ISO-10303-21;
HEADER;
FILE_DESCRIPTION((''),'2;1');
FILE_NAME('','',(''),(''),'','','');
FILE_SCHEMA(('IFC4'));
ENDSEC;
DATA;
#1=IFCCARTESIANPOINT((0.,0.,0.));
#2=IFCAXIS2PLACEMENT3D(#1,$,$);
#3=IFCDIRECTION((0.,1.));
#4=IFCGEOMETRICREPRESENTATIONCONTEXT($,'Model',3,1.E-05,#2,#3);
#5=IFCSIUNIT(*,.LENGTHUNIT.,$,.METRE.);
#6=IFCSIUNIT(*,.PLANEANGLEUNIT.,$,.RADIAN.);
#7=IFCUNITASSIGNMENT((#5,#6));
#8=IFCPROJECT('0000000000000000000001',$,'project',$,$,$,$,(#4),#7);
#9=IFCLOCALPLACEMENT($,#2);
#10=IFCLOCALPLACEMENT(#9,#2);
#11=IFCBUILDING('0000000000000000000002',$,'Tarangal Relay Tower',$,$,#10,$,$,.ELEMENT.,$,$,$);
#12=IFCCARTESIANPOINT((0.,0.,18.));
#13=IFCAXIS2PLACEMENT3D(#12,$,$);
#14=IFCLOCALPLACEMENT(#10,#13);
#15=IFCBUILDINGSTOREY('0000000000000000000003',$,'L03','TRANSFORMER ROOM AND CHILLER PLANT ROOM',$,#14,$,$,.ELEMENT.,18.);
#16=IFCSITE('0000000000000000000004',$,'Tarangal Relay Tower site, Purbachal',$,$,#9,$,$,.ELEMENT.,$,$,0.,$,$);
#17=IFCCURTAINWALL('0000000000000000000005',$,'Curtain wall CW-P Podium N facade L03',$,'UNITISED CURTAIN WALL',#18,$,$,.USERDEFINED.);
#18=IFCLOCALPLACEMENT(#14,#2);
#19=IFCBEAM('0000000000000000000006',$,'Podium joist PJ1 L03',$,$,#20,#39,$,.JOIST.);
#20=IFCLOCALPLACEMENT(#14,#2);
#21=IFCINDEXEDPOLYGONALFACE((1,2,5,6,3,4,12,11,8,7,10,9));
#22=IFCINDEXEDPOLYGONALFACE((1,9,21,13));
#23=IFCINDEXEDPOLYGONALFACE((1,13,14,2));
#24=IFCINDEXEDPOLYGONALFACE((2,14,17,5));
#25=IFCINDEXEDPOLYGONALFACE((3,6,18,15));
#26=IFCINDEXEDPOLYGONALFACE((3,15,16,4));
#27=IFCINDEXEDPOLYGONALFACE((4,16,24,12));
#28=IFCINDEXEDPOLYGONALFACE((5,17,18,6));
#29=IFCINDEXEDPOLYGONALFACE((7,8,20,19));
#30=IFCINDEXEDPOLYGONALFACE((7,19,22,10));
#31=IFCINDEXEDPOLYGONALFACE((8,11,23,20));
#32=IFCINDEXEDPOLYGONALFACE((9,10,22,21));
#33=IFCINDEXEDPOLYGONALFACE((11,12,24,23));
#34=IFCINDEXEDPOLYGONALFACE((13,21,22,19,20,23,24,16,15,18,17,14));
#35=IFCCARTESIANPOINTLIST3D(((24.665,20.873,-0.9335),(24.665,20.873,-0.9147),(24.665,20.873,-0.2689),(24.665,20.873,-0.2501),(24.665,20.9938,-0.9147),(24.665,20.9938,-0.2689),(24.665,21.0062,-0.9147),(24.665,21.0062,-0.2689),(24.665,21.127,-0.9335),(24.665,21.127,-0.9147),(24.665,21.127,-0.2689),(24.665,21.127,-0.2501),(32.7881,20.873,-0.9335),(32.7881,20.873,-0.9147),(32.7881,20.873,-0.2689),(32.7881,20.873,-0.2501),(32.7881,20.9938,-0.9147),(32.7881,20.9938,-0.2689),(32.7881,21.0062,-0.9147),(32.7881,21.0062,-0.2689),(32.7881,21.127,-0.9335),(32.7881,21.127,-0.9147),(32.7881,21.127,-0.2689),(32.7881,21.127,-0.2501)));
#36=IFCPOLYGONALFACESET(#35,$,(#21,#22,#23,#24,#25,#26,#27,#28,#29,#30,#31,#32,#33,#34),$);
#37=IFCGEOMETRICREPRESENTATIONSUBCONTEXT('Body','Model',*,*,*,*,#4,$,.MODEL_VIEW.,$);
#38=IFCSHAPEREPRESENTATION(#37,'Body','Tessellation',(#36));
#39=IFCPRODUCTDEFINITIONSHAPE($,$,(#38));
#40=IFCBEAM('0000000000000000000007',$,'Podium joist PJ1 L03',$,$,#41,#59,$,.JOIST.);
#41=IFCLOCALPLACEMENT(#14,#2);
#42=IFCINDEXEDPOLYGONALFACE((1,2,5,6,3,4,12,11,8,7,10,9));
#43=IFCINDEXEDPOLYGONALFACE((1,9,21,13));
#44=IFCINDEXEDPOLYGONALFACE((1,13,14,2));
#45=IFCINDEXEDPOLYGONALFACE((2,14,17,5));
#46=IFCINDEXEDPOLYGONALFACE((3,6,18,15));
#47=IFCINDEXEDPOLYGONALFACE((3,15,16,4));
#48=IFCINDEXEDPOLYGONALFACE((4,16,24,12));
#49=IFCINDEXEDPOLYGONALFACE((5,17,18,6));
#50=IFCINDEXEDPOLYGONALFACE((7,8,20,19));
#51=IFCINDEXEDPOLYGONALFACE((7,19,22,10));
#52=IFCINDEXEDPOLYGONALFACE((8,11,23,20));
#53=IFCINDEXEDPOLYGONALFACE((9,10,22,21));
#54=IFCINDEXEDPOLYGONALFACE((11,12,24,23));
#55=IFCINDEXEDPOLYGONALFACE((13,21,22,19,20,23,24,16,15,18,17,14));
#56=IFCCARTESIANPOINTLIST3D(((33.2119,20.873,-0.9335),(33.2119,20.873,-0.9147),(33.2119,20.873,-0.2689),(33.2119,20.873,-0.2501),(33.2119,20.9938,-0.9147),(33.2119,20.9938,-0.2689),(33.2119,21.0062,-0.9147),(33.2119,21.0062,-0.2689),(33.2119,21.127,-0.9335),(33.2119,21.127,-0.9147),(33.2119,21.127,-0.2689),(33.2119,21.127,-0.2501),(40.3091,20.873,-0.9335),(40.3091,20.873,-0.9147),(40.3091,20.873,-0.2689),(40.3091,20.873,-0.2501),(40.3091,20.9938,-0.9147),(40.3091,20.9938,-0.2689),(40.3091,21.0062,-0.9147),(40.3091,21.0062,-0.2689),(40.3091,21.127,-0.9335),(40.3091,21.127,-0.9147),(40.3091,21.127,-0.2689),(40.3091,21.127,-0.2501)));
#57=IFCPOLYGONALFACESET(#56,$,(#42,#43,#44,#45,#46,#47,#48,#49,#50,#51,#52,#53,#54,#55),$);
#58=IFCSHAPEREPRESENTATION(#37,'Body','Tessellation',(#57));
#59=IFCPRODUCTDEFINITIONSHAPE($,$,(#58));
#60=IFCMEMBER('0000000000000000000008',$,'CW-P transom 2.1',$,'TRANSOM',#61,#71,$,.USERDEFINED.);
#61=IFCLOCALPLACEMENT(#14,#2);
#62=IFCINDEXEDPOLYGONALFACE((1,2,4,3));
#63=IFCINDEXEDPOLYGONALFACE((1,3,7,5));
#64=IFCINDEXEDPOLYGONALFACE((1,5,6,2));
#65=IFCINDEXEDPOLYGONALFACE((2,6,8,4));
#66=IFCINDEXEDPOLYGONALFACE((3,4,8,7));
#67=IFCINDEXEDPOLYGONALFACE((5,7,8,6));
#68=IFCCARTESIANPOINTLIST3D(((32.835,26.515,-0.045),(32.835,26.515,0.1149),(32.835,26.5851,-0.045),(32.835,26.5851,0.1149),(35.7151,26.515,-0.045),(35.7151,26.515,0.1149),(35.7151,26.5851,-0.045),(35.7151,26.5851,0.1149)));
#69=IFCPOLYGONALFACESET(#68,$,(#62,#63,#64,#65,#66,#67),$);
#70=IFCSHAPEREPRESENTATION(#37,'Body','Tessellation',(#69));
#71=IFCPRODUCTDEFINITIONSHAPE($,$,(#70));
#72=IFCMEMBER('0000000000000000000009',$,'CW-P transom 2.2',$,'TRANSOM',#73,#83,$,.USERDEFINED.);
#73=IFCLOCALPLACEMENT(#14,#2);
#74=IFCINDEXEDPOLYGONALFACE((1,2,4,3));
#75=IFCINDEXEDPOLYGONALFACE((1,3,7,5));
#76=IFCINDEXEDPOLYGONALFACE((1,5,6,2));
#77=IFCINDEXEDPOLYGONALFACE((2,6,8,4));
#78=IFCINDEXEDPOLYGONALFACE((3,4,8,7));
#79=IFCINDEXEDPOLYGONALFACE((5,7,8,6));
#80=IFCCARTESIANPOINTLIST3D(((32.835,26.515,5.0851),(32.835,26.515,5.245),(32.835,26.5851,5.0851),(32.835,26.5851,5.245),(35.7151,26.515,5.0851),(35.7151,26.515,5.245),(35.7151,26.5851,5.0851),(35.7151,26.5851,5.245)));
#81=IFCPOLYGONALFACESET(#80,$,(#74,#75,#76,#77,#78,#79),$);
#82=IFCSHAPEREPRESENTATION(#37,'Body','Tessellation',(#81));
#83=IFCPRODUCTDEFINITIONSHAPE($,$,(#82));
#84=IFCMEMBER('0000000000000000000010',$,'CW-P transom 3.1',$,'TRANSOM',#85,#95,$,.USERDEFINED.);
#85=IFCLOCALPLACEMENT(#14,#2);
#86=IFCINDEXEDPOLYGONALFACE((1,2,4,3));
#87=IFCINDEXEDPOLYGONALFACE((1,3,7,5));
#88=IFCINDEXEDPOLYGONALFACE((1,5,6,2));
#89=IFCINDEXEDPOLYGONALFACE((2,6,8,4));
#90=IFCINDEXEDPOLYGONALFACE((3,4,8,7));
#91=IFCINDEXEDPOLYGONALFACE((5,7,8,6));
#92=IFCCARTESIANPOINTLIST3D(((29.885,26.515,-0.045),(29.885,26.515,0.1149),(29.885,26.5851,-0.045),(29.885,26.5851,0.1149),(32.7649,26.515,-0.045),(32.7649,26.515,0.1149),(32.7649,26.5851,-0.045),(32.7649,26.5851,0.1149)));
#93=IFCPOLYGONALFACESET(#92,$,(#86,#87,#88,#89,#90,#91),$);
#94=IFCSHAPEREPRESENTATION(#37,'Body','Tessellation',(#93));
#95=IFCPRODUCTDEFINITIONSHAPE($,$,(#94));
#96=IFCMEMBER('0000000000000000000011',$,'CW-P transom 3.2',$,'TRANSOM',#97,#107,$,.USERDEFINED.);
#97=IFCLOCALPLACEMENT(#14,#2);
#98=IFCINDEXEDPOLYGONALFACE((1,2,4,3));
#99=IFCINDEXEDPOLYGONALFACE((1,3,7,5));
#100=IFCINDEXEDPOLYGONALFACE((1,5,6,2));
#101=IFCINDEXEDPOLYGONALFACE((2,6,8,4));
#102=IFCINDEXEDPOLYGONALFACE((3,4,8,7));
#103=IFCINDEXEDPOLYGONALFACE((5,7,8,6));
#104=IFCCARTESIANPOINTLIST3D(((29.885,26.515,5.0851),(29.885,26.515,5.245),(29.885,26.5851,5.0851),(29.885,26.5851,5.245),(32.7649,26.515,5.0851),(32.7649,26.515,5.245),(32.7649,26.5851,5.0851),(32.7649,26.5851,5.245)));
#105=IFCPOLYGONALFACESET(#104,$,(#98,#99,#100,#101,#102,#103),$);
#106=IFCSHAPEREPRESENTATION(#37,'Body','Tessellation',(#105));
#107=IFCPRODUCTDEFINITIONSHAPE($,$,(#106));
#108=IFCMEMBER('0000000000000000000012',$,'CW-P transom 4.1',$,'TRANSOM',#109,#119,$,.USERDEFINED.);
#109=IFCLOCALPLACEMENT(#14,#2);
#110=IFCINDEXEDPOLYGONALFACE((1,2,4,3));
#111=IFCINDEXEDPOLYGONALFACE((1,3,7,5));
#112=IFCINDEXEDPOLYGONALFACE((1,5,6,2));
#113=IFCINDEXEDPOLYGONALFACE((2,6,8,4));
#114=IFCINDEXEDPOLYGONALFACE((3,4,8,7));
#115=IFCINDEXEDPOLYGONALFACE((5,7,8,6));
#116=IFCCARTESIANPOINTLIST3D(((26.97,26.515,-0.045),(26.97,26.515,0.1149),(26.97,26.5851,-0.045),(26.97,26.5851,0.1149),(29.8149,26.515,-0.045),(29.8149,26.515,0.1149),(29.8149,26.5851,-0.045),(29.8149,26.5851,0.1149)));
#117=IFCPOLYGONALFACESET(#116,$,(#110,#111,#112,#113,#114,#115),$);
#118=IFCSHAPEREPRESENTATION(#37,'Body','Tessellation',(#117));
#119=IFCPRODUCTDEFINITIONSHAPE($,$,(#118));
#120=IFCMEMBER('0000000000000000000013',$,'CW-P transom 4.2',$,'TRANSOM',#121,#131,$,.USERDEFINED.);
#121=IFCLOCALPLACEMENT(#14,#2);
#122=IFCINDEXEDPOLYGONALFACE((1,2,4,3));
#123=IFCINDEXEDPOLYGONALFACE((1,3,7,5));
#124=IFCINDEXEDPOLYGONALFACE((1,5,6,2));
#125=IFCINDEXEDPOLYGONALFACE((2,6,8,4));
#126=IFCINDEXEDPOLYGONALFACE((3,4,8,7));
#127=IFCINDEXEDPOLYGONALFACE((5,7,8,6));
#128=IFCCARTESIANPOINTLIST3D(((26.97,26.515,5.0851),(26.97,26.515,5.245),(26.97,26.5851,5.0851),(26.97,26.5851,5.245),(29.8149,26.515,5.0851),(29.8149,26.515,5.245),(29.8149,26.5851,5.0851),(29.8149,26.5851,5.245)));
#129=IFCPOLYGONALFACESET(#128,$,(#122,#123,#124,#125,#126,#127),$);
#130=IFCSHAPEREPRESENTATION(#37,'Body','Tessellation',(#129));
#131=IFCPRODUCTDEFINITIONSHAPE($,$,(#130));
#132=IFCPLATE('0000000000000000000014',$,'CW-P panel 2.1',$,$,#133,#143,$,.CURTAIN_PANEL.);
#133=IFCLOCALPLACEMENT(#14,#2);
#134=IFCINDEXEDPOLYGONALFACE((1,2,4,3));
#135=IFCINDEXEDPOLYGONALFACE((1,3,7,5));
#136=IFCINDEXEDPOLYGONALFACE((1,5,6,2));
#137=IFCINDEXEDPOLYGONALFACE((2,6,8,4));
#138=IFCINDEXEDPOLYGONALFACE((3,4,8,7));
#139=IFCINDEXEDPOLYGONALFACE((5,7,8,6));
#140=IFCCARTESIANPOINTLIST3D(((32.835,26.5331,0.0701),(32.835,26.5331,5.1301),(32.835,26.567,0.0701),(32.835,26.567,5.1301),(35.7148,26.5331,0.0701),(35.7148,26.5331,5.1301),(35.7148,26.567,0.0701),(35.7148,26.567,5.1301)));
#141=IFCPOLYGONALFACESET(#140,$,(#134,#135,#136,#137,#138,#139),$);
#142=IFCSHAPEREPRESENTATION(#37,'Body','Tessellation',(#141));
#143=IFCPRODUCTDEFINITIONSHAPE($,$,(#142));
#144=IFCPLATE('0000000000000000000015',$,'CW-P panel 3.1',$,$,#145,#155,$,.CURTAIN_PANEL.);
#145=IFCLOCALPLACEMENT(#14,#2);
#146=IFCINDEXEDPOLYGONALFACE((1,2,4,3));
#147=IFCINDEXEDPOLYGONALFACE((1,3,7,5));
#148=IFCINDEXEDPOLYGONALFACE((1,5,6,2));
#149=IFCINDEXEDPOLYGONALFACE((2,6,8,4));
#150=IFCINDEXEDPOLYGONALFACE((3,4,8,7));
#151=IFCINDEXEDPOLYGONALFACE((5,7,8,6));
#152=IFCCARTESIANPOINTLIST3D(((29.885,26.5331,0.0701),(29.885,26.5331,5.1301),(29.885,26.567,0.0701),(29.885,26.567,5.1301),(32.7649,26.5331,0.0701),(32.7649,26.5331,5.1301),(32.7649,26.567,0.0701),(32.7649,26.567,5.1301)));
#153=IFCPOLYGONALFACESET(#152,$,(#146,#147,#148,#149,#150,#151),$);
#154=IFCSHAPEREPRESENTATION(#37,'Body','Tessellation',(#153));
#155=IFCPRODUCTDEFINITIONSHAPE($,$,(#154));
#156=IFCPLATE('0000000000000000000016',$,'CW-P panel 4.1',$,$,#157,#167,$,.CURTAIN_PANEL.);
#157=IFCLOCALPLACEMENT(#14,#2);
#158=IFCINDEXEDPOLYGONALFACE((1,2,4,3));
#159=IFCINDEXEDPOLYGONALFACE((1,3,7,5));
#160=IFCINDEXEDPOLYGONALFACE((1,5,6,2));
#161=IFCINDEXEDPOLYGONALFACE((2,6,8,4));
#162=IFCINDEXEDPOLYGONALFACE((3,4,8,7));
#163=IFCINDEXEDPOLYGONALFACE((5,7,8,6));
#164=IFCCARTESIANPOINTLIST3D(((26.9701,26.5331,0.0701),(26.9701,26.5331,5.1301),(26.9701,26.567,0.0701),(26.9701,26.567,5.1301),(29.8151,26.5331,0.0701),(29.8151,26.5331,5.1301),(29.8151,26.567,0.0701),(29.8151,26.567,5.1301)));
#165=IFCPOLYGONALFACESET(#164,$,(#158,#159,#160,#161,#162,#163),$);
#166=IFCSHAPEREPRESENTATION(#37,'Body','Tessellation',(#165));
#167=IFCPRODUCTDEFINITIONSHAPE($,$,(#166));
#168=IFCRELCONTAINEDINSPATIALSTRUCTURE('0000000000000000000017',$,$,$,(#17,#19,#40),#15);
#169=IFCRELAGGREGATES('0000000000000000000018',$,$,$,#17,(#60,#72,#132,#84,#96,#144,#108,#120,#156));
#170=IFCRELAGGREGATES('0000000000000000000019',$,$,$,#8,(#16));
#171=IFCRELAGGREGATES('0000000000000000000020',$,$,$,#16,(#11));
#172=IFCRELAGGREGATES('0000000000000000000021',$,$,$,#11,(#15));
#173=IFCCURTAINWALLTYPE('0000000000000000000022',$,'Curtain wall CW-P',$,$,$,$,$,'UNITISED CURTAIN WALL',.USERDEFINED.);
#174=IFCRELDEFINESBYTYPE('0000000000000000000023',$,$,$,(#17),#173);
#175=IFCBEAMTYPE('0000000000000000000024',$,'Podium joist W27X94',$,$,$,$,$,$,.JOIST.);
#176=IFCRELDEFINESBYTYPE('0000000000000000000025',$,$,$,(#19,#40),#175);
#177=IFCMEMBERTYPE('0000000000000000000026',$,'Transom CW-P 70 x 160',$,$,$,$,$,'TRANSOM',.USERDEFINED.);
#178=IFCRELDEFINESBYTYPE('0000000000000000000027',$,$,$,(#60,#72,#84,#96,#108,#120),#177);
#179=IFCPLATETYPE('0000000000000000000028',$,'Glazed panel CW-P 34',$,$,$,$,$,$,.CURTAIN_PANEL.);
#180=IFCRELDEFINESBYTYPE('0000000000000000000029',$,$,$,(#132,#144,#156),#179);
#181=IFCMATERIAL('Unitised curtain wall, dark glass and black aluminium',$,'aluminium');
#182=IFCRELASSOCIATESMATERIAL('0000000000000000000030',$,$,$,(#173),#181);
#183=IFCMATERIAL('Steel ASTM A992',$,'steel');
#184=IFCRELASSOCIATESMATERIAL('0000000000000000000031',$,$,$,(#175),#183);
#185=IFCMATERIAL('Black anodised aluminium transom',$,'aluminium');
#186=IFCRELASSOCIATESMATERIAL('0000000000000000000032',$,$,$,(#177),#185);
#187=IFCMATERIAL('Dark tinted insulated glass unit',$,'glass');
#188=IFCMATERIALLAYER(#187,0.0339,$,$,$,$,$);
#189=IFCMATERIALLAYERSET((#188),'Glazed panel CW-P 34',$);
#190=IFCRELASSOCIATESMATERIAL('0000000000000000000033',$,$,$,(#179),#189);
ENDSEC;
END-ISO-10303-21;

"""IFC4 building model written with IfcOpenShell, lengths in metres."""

from ifc_helpers import new_model, si_unit, direction, frame, origin, origin_2d, place, context, subcontext, project, spatial, rectangle, i_section, extrude, material, layer, layer_set, material_profile, profile_set, type_object, element, aggregate, save


model = new_model("IFC4")

# Units and contexts
model_context = context("Model", 3, precision=1e-05, world=origin(), true_north=direction((0.0, 1.0)))
body_context = subcontext(model_context, "Body", "Model", "MODEL_VIEW")
ifc_project = project(units=[si_unit("LENGTHUNIT", "METRE"), si_unit("PLANEANGLEUNIT", "RADIAN")], contexts=[model_context])

# Site, building, storey
site_placement = place(None, origin())
site = spatial("IfcSite", under=ifc_project, at=site_placement, Name="Tarangal Relay Tower site, Purbachal", CompositionType="ELEMENT", RefElevation=0.0)
building_placement = place(site_placement, origin())
building = spatial("IfcBuilding", under=site, at=building_placement, Name="Tarangal Relay Tower", CompositionType="ELEMENT")
storey_placement = place(building_placement, frame((0.0, 0.0, 18.0)))
storey = spatial("IfcBuildingStorey", under=building, at=storey_placement, Name="L03", Description="TRANSFORMER ROOM AND CHILLER PLANT ROOM", CompositionType="ELEMENT", Elevation=18.0)

# Shared definitions
ifc_material_1 = material(Name="Steel ASTM A992", Category="steel")

# Curtain wall
ifc_material_2 = material(Name="Unitised curtain wall, dark glass and black aluminium", Category="aluminium")
curtain_wall_type = type_object("IfcCurtainWallType", Name="Curtain wall CW-P", ElementType="UNITISED CURTAIN WALL", PredefinedType="USERDEFINED", material=ifc_material_2)
curtain_wall_placement = place(storey_placement, origin())
curtain_wall = element("IfcCurtainWall", 1, at=curtain_wall_placement, inside=storey, type_object=curtain_wall_type, Name="Curtain wall CW-P Podium N facade L03", ObjectType="UNITISED CURTAIN WALL", PredefinedType="USERDEFINED")

# Beams
ifc_material_profile_1 = material_profile(ifc_material_1, i_section(OverallWidth=0.2539, OverallDepth=0.6833, WebThickness=0.0125, FlangeThickness=0.0188, at=origin_2d()), Name="W27X94")
ifc_profile_set_1 = profile_set([ifc_material_profile_1], Name="Steel ASTM A992")
beam_type_1 = type_object("IfcBeamType", Name="Podium joist W27X94", PredefinedType="JOIST", material=ifc_profile_set_1)
beam_1_placement = place(storey_placement, frame((24.665, 21.0, -0.5918), z_axis=(1.0, 0.0, 0.0), x_axis=(0.0, 1.0, 0.0)))
element("IfcBeam", 2, at=beam_1_placement, inside=storey, type_object=beam_type_1, Name="Podium joist PJ1 L03", PredefinedType="JOIST", context=body_context, shape_type="SweptSolid", body=[
    extrude(i_section(OverallWidth=0.2539, OverallDepth=0.6833, WebThickness=0.0125, FlangeThickness=0.0188, at=origin_2d()), origin(), (0.0, 0.0, 1.0), 8.123),
])
beam_2_placement = place(storey_placement, frame((33.2119, 21.0, -0.5918), z_axis=(1.0, 0.0, 0.0), x_axis=(0.0, 1.0, 0.0)))
element("IfcBeam", 3, at=beam_2_placement, inside=storey, type_object=beam_type_1, Name="Podium joist PJ1 L03", PredefinedType="JOIST", context=body_context, shape_type="SweptSolid", body=[
    extrude(i_section(OverallWidth=0.2539, OverallDepth=0.6833, WebThickness=0.0125, FlangeThickness=0.0188, at=origin_2d()), origin(), (0.0, 0.0, 1.0), 7.0972),
])

# Members
ifc_material_3 = material(Name="Black anodised aluminium transom", Category="aluminium")
ifc_material_profile_2 = material_profile(ifc_material_3, rectangle(XDim=0.0701, YDim=0.1599, at=origin_2d()), Name="CW-PT 70X160")
ifc_profile_set_2 = profile_set([ifc_material_profile_2], Name="Black anodised aluminium transom")
member_type_1 = type_object("IfcMemberType", Name="Transom CW-P 70 x 160", ElementType="TRANSOM", PredefinedType="USERDEFINED", material=ifc_profile_set_2)
member_1_placement = place(storey_placement, frame((35.7151, 26.55, 0.0349), z_axis=(-1.0, 0.0, 0.0), x_axis=(0.0, -1.0, 0.0)))
member_1 = element("IfcMember", 4, at=member_1_placement, type_object=member_type_1, Name="CW-P transom 2.1", ObjectType="TRANSOM", PredefinedType="USERDEFINED", context=body_context, shape_type="SweptSolid", body=[
    extrude(rectangle(XDim=0.0701, YDim=0.1599, at=origin_2d()), origin(), (0.0, 0.0, 1.0), 2.8801),
])
member_2_placement = place(storey_placement, frame((35.7151, 26.55, 5.165), z_axis=(-1.0, 0.0, 0.0), x_axis=(0.0, -1.0, 0.0)))
member_2 = element("IfcMember", 5, at=member_2_placement, type_object=member_type_1, Name="CW-P transom 2.2", ObjectType="TRANSOM", PredefinedType="USERDEFINED", context=body_context, shape_type="SweptSolid", body=[
    extrude(rectangle(XDim=0.0701, YDim=0.1599, at=origin_2d()), origin(), (0.0, 0.0, 1.0), 2.8801),
])
member_3_placement = place(storey_placement, frame((32.7649, 26.55, 0.0349), z_axis=(-1.0, 0.0, 0.0), x_axis=(0.0, -1.0, 0.0)))
member_3 = element("IfcMember", 6, at=member_3_placement, type_object=member_type_1, Name="CW-P transom 3.1", ObjectType="TRANSOM", PredefinedType="USERDEFINED", context=body_context, shape_type="SweptSolid", body=[
    extrude(rectangle(XDim=0.0701, YDim=0.1599, at=origin_2d()), origin(), (0.0, 0.0, 1.0), 2.8799),
])
member_4_placement = place(storey_placement, frame((32.7649, 26.55, 5.165), z_axis=(-1.0, 0.0, 0.0), x_axis=(0.0, -1.0, 0.0)))
member_4 = element("IfcMember", 7, at=member_4_placement, type_object=member_type_1, Name="CW-P transom 3.2", ObjectType="TRANSOM", PredefinedType="USERDEFINED", context=body_context, shape_type="SweptSolid", body=[
    extrude(rectangle(XDim=0.0701, YDim=0.1599, at=origin_2d()), origin(), (0.0, 0.0, 1.0), 2.8799),
])
member_5_placement = place(storey_placement, frame((29.8149, 26.55, 0.0349), z_axis=(-1.0, 0.0, 0.0), x_axis=(0.0, -1.0, 0.0)))
member_5 = element("IfcMember", 8, at=member_5_placement, type_object=member_type_1, Name="CW-P transom 4.1", ObjectType="TRANSOM", PredefinedType="USERDEFINED", context=body_context, shape_type="SweptSolid", body=[
    extrude(rectangle(XDim=0.0701, YDim=0.1599, at=origin_2d()), origin(), (0.0, 0.0, 1.0), 2.845),
])
member_6_placement = place(storey_placement, frame((29.8149, 26.55, 5.165), z_axis=(-1.0, 0.0, 0.0), x_axis=(0.0, -1.0, 0.0)))
member_6 = element("IfcMember", 9, at=member_6_placement, type_object=member_type_1, Name="CW-P transom 4.2", ObjectType="TRANSOM", PredefinedType="USERDEFINED", context=body_context, shape_type="SweptSolid", body=[
    extrude(rectangle(XDim=0.0701, YDim=0.1599, at=origin_2d()), origin(), (0.0, 0.0, 1.0), 2.845),
])

# Plates
ifc_material_4 = material(Name="Dark tinted insulated glass unit", Category="glass")
ifc_layer = layer(ifc_material_4, 0.0339)
ifc_layer_set = layer_set([ifc_layer], Name="Glazed panel CW-P 34")
plate_type = type_object("IfcPlateType", Name="Glazed panel CW-P 34", PredefinedType="CURTAIN_PANEL", material=ifc_layer_set)
plate_1_placement = place(storey_placement, frame((34.2749, 26.55, 0.0701), z_axis=(0.0, 0.0, 1.0), x_axis=(-1.0, 0.0, 0.0)))
plate_1 = element("IfcPlate", 10, at=plate_1_placement, type_object=plate_type, Name="CW-P panel 2.1", PredefinedType="CURTAIN_PANEL", context=body_context, shape_type="SweptSolid", body=[
    extrude(rectangle(XDim=2.8799, YDim=0.0339, at=origin_2d()), origin(), (0.0, 0.0, 1.0), 5.0601),
])
plate_2_placement = place(storey_placement, frame((31.325, 26.55, 0.0701), z_axis=(0.0, 0.0, 1.0), x_axis=(-1.0, 0.0, 0.0)))
plate_2 = element("IfcPlate", 11, at=plate_2_placement, type_object=plate_type, Name="CW-P panel 3.1", PredefinedType="CURTAIN_PANEL", context=body_context, shape_type="SweptSolid", body=[
    extrude(rectangle(XDim=2.8799, YDim=0.0339, at=origin_2d()), origin(), (0.0, 0.0, 1.0), 5.0601),
])
plate_3_placement = place(storey_placement, frame((28.3926, 26.55, 0.0701), z_axis=(0.0, 0.0, 1.0), x_axis=(-1.0, 0.0, 0.0)))
plate_3 = element("IfcPlate", 12, at=plate_3_placement, type_object=plate_type, Name="CW-P panel 4.1", PredefinedType="CURTAIN_PANEL", context=body_context, shape_type="SweptSolid", body=[
    extrude(rectangle(XDim=2.845, YDim=0.0339, at=origin_2d()), origin(), (0.0, 0.0, 1.0), 5.0601),
])
aggregate(curtain_wall, [member_1, member_2, plate_1, member_3, member_4, plate_2, member_5, member_6, plate_3])

save(model, "model.ifc")
